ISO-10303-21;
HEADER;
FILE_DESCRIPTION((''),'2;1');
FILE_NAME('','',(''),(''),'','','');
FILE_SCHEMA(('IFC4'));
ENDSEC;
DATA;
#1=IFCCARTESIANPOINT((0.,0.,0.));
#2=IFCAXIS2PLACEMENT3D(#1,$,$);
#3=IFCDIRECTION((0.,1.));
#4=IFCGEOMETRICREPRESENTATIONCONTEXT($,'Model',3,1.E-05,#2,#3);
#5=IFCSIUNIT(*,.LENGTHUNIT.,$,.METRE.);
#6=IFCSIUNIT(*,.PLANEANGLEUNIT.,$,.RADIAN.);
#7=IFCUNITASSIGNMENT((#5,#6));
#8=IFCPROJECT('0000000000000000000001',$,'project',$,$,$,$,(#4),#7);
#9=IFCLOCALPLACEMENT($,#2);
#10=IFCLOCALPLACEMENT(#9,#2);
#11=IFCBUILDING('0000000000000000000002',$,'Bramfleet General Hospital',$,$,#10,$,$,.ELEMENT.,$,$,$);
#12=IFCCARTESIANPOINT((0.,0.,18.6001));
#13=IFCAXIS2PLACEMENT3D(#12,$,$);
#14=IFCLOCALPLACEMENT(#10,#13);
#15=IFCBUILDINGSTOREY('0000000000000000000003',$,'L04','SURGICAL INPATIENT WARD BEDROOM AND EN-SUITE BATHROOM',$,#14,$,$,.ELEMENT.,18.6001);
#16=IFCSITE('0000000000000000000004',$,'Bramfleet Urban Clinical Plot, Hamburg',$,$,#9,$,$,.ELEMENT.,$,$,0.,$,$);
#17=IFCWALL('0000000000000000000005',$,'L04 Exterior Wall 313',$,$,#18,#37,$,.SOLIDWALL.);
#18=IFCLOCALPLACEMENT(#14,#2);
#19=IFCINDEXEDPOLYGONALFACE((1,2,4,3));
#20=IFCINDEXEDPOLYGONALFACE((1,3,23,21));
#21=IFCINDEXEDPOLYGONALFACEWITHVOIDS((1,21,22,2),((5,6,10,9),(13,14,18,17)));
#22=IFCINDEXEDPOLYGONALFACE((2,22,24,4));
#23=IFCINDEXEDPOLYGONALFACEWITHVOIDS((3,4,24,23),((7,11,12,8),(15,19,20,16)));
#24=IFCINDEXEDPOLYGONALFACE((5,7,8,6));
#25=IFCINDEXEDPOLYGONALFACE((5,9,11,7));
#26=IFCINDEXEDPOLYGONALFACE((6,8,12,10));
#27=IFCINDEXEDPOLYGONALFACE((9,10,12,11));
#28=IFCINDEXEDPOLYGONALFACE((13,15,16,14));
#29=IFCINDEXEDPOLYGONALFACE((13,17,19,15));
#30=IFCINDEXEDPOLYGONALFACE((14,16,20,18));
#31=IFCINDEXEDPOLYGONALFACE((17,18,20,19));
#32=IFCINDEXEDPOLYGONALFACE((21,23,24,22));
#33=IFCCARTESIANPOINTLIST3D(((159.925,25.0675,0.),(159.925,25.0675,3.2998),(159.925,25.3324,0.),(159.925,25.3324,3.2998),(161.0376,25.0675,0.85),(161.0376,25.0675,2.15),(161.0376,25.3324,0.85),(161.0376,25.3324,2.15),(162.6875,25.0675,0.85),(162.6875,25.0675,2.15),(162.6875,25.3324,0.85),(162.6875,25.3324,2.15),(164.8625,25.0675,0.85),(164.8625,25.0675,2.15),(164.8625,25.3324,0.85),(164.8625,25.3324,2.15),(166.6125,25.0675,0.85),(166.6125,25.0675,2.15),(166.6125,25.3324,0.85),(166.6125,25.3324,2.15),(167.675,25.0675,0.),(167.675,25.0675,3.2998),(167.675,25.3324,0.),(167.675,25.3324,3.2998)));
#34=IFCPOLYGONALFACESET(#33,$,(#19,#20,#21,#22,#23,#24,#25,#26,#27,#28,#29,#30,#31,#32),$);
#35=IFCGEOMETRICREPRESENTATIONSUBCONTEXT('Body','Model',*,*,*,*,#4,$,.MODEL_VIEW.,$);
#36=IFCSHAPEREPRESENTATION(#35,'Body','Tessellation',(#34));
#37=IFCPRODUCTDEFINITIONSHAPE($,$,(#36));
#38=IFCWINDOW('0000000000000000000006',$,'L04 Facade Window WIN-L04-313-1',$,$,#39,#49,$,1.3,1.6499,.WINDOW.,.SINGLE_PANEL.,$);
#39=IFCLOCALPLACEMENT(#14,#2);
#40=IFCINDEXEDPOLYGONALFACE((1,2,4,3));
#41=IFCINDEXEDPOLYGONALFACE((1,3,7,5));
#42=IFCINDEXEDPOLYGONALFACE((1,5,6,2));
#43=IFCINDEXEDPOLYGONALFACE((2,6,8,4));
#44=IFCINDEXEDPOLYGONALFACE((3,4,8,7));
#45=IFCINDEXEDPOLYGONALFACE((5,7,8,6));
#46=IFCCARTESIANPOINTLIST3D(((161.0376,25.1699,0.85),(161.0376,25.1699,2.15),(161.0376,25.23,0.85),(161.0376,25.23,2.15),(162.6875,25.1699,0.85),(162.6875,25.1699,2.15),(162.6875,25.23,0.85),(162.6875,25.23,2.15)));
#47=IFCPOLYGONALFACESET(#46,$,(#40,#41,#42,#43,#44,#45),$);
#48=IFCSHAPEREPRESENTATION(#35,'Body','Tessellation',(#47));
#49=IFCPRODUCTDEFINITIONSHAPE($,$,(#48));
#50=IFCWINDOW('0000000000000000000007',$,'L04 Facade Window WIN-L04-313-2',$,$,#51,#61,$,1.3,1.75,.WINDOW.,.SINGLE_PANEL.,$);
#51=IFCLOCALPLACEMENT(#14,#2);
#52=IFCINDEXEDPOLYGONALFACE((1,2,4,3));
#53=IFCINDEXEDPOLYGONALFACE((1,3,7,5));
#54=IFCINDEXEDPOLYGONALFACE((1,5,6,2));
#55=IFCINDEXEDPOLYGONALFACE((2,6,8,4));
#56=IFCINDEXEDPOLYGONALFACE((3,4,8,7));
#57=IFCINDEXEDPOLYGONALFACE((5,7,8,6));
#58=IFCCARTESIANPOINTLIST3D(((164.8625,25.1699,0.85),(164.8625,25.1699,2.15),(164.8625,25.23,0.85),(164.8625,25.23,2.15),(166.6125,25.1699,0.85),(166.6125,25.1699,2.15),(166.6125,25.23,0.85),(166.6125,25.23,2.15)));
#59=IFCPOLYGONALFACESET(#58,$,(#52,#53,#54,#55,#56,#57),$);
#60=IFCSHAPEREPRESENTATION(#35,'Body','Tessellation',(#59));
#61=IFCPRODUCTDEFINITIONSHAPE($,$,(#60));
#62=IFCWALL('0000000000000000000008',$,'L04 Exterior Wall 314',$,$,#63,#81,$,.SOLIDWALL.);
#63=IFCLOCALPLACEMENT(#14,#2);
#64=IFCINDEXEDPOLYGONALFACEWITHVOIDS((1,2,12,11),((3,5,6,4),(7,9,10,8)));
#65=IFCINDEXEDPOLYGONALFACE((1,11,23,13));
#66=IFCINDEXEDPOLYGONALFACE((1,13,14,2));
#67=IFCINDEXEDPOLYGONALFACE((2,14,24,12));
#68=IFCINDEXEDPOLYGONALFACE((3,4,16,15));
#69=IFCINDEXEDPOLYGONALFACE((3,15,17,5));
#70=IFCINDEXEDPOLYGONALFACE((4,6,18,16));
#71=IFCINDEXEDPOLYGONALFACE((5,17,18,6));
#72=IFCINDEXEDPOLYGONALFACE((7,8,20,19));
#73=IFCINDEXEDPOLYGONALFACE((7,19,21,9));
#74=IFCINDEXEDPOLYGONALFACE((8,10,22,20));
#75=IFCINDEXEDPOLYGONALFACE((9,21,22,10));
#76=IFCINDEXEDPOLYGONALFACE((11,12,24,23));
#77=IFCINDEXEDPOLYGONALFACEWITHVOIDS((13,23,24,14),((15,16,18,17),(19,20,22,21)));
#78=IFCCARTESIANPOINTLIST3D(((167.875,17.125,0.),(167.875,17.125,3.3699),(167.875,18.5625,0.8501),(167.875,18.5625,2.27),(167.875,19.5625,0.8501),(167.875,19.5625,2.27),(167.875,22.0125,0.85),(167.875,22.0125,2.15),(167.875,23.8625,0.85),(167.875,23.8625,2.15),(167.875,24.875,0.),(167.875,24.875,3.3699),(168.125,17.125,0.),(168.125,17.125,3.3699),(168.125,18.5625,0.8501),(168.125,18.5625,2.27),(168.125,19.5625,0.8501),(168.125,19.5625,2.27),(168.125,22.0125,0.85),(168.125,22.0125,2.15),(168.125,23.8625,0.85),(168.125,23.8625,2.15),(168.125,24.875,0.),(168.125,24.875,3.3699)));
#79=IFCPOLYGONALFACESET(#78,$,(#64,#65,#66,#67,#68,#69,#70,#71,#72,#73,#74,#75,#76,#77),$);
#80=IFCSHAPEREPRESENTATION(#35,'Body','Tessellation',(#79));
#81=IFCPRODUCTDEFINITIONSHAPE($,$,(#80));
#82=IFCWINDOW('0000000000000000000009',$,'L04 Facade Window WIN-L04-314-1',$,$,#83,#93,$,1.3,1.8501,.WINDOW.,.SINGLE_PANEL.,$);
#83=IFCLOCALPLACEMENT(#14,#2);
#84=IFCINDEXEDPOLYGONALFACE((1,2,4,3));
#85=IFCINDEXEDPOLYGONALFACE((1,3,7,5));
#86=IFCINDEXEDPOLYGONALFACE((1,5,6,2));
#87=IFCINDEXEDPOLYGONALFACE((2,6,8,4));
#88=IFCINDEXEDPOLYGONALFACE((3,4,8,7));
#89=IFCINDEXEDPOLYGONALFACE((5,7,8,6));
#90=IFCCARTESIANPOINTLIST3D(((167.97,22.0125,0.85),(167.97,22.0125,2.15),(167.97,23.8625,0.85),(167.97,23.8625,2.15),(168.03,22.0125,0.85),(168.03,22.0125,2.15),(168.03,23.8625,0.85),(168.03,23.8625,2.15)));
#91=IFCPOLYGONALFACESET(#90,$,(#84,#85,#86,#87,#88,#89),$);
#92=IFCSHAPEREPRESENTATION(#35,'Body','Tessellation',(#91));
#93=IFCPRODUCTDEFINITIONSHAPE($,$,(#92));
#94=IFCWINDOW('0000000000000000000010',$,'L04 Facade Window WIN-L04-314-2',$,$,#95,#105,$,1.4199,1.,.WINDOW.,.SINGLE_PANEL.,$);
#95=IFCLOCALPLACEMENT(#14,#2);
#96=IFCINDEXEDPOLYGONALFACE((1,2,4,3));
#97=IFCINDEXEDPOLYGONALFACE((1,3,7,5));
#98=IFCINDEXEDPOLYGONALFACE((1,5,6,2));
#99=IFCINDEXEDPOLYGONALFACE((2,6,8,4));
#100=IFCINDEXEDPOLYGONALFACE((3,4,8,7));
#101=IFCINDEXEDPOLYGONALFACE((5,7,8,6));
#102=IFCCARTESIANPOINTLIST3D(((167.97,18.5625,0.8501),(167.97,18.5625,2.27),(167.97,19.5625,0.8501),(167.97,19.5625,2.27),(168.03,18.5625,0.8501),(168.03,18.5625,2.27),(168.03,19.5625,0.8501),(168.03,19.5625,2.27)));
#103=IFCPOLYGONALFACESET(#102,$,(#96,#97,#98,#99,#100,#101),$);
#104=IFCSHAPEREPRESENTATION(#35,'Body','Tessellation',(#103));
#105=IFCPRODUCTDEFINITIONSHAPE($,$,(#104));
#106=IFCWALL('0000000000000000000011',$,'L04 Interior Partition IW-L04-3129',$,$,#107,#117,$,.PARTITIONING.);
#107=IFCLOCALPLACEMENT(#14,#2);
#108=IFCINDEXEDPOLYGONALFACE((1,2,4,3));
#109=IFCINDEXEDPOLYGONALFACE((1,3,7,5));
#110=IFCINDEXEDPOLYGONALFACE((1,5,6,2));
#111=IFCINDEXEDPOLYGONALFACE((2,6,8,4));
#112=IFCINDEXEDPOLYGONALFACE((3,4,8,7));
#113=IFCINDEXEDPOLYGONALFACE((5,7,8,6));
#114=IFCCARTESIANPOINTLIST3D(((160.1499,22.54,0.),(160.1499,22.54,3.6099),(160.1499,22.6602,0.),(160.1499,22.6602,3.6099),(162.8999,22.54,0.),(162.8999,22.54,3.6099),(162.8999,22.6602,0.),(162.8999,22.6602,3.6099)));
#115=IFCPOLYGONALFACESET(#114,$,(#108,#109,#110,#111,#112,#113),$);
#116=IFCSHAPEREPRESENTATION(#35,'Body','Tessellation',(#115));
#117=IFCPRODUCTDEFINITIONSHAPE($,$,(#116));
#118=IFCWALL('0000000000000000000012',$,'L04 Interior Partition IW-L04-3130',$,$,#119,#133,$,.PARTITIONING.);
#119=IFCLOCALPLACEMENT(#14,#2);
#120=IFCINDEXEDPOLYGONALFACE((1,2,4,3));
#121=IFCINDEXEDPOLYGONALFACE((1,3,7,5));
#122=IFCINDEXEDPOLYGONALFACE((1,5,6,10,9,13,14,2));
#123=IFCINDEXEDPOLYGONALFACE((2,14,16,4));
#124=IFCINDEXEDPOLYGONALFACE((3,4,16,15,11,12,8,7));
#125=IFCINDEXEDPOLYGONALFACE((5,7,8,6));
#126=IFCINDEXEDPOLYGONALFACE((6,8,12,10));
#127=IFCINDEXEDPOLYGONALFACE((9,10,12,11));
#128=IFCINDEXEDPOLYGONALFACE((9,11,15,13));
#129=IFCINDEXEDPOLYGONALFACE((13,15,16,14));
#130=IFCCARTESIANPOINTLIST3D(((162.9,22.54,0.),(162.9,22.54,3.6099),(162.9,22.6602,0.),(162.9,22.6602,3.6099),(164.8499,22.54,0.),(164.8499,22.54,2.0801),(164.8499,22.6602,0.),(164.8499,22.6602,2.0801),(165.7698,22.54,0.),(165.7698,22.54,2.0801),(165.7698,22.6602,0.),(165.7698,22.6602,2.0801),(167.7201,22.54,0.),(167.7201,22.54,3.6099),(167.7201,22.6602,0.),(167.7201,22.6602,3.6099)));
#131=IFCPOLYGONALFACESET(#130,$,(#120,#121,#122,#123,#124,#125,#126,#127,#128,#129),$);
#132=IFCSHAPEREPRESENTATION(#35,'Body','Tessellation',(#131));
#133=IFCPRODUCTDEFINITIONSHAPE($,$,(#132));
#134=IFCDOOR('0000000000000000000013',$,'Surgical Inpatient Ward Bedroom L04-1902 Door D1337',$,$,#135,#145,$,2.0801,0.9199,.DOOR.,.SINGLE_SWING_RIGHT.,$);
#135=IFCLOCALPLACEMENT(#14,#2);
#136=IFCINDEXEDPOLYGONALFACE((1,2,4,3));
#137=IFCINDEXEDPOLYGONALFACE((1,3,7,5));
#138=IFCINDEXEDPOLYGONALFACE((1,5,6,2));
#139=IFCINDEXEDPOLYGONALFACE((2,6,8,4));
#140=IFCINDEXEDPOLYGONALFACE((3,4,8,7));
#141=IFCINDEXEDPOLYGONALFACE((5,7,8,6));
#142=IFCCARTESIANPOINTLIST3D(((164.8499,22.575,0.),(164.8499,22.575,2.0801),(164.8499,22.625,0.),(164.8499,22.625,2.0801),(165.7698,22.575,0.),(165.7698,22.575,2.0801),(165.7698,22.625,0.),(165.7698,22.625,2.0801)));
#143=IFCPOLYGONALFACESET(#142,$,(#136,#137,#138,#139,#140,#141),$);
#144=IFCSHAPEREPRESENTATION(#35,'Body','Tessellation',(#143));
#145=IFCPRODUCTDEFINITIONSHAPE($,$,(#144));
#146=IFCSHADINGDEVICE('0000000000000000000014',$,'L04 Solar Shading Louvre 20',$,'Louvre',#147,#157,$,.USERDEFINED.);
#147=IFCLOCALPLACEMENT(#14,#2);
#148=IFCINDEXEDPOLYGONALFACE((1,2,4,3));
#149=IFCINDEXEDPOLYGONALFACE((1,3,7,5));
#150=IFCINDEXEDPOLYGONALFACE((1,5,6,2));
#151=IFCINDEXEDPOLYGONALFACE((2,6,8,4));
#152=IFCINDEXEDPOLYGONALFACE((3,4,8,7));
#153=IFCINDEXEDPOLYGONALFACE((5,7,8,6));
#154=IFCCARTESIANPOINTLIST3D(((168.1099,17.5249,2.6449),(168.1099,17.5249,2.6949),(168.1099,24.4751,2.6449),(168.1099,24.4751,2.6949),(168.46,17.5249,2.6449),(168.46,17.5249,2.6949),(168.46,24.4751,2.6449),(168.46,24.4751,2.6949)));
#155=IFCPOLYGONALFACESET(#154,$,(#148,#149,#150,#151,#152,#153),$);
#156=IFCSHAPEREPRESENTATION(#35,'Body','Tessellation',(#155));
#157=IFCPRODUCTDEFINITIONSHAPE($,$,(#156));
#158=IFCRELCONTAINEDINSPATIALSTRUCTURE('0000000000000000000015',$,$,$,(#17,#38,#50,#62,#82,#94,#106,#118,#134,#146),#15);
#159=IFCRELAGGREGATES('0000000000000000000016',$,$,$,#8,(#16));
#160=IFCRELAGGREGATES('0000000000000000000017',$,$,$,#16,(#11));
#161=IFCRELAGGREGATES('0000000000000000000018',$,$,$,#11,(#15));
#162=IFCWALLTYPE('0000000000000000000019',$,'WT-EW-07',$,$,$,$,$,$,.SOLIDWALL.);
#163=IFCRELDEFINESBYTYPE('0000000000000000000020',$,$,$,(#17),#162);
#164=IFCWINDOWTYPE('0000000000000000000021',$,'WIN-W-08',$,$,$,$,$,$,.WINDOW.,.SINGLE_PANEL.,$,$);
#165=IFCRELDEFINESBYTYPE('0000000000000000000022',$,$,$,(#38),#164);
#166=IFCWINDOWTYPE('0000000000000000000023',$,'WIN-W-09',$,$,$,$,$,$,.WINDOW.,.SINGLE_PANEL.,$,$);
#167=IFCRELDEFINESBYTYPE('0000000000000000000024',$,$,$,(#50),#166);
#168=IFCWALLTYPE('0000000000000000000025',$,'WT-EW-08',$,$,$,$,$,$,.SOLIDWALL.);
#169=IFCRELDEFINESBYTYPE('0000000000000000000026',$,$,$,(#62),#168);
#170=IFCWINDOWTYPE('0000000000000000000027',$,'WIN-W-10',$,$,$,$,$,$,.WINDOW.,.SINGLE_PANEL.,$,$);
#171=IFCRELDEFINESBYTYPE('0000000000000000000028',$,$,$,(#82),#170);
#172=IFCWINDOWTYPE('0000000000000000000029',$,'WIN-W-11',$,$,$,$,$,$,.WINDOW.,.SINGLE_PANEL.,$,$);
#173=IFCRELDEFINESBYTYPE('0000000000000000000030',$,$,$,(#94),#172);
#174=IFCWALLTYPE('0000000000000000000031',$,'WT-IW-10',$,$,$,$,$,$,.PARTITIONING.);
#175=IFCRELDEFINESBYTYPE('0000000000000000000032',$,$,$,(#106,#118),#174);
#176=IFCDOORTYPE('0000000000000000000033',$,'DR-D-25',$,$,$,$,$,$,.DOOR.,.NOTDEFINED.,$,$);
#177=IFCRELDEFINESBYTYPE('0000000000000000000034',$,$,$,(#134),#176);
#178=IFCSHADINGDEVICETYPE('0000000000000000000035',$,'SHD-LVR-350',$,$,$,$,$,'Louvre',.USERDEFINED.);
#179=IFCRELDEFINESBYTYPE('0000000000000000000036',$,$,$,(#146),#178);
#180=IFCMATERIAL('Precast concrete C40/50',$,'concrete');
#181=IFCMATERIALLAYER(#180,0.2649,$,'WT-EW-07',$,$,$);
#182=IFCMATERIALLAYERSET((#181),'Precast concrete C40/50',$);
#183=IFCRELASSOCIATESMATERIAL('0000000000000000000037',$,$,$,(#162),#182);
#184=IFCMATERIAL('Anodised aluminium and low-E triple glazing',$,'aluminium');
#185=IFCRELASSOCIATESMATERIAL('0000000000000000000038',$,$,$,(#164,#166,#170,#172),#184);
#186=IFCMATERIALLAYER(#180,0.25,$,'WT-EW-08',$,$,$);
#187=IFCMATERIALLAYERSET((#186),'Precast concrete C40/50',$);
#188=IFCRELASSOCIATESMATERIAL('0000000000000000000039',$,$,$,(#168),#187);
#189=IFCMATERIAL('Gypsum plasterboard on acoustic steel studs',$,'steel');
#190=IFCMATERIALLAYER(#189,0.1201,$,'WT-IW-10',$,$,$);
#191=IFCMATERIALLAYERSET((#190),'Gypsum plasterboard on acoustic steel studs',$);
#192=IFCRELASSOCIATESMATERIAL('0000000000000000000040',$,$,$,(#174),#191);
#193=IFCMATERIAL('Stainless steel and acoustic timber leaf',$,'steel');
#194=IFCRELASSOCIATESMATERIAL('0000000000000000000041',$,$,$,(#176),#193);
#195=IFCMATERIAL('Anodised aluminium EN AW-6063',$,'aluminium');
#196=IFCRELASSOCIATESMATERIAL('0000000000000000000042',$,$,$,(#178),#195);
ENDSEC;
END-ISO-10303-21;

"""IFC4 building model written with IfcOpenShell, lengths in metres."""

from ifc_helpers import new_model, si_unit, direction, frame, frame_2d, origin, origin_2d, place, context, subcontext, project, spatial, rectangle, extrude, material, layer, layer_set, material_profile, profile_set, type_object, element, fill, save


model = new_model("IFC4")

# Units and contexts
model_context = context("Model", 3, precision=1e-05, world=origin(), true_north=direction((0.0, 1.0)))
body_context = subcontext(model_context, "Body", "Model", "MODEL_VIEW")
ifc_project = project(units=[si_unit("LENGTHUNIT", "METRE"), si_unit("PLANEANGLEUNIT", "RADIAN")], contexts=[model_context])

# Site, building, storey
site_placement = place(None, origin())
site = spatial("IfcSite", under=ifc_project, at=site_placement, Name="Bramfleet Urban Clinical Plot, Hamburg", CompositionType="ELEMENT", RefElevation=0.0)
building_placement = place(site_placement, origin())
building = spatial("IfcBuilding", under=site, at=building_placement, Name="Bramfleet General Hospital", CompositionType="ELEMENT")
storey_placement = place(building_placement, frame((0.0, 0.0, 18.6001)))
storey = spatial("IfcBuildingStorey", under=building, at=storey_placement, Name="L04", Description="SURGICAL INPATIENT WARD BEDROOM AND EN-SUITE BATHROOM", CompositionType="ELEMENT", Elevation=18.6001)

# Shared definitions
ifc_material_1 = material(Name="Anodised aluminium and low-E triple glazing", Category="aluminium")

# Walls, openings, windows
ifc_material_2 = material(Name="Precast concrete C40/50", Category="concrete")
ifc_layer_1 = layer(ifc_material_2, 0.2649, Name="WT-EW-07")
ifc_layer_set_1 = layer_set([ifc_layer_1], Name="Precast concrete C40/50")
wall_type_1 = type_object("IfcWallType", Name="WT-EW-07", PredefinedType="SOLIDWALL", material=ifc_layer_set_1)
wall_1_placement = place(storey_placement, frame((159.925, 25.2, 0.0), z_axis=(0.0, 0.0, 1.0), x_axis=(1.0, 0.0, 0.0)))
wall_1 = element("IfcWall", 1, at=wall_1_placement, inside=storey, type_object=wall_type_1, Name="L04 Exterior Wall 313", PredefinedType="SOLIDWALL", context=body_context, shape_type="SweptSolid", body=[
    extrude(rectangle(XDim=7.75, YDim=0.2649, at=frame_2d((3.875, 0.0))), origin(), (0.0, 0.0, 1.0), 3.2998),
])
opening_1_placement = place(wall_1_placement, frame((1.1125, 0.0, 0.8501)))
opening_1 = element("IfcOpeningElement", 2, at=opening_1_placement, cuts=wall_1, PredefinedType="OPENING", context=body_context, shape_type="SweptSolid", body=[
    extrude(rectangle(XDim=1.6499, YDim=1.3, at=frame_2d((0.825, 0.6499))), frame((0.0, 0.1423, 0.0), z_axis=(0.0, -1.0, 0.0), x_axis=(1.0, 0.0, 0.0)), (0.0, 0.0, 1.0), 0.2849),
])
opening_2_placement = place(wall_1_placement, frame((4.9375, 0.0, 0.8501)))
opening_2 = element("IfcOpeningElement", 3, at=opening_2_placement, cuts=wall_1, PredefinedType="OPENING", context=body_context, shape_type="SweptSolid", body=[
    extrude(rectangle(XDim=1.75, YDim=1.3, at=frame_2d((0.875, 0.6499))), frame((0.0, 0.1423, 0.0), z_axis=(0.0, -1.0, 0.0), x_axis=(1.0, 0.0, 0.0)), (0.0, 0.0, 1.0), 0.2849),
])
window_type_1 = type_object("IfcWindowType", Name="WIN-W-08", PartitioningType="SINGLE_PANEL", PredefinedType="WINDOW", material=ifc_material_1)
window_1_placement = place(opening_1_placement, origin())
window_1 = element("IfcWindow", 4, at=window_1_placement, inside=storey, type_object=window_type_1, Name="L04 Facade Window WIN-L04-313-1", OverallHeight=1.3, OverallWidth=1.6499, PartitioningType="SINGLE_PANEL", PredefinedType="WINDOW", context=body_context, shape_type="SweptSolid", body=[
    extrude(rectangle(XDim=1.6499, YDim=1.3, at=frame_2d((0.825, 0.6499))), frame((0.0, 0.03, 0.0), z_axis=(0.0, -1.0, 0.0), x_axis=(1.0, 0.0, 0.0)), (0.0, 0.0, 1.0), 0.0601),
])
fill(opening_1, window_1)
window_type_2 = type_object("IfcWindowType", Name="WIN-W-09", PartitioningType="SINGLE_PANEL", PredefinedType="WINDOW", material=ifc_material_1)
window_2_placement = place(opening_2_placement, origin())
window_2 = element("IfcWindow", 5, at=window_2_placement, inside=storey, type_object=window_type_2, Name="L04 Facade Window WIN-L04-313-2", OverallHeight=1.3, OverallWidth=1.75, PartitioningType="SINGLE_PANEL", PredefinedType="WINDOW", context=body_context, shape_type="SweptSolid", body=[
    extrude(rectangle(XDim=1.75, YDim=1.3, at=frame_2d((0.875, 0.6499))), frame((0.0, 0.03, 0.0), z_axis=(0.0, -1.0, 0.0), x_axis=(1.0, 0.0, 0.0)), (0.0, 0.0, 1.0), 0.0601),
])
fill(opening_2, window_2)
ifc_layer_2 = layer(ifc_material_2, 0.25, Name="WT-EW-08")
ifc_layer_set_2 = layer_set([ifc_layer_2], Name="Precast concrete C40/50")
wall_type_2 = type_object("IfcWallType", Name="WT-EW-08", PredefinedType="SOLIDWALL", material=ifc_layer_set_2)
wall_2_placement = place(storey_placement, frame((168.0, 24.875, 0.0), z_axis=(0.0, 0.0, 1.0), x_axis=(0.0, -1.0, 0.0)))
wall_2 = element("IfcWall", 6, at=wall_2_placement, inside=storey, type_object=wall_type_2, Name="L04 Exterior Wall 314", PredefinedType="SOLIDWALL", context=body_context, shape_type="SweptSolid", body=[
    extrude(rectangle(XDim=7.75, YDim=0.25, at=frame_2d((3.875, 0.0))), origin(), (0.0, 0.0, 1.0), 3.3699),
])
opening_3_placement = place(wall_2_placement, frame((1.0125, 0.0, 0.8501)))
opening_3 = element("IfcOpeningElement", 7, at=opening_3_placement, cuts=wall_2, PredefinedType="OPENING", context=body_context, shape_type="SweptSolid", body=[
    extrude(rectangle(XDim=1.8501, YDim=1.3, at=frame_2d((0.925, 0.6499))), frame((0.0, 0.135, 0.0), z_axis=(0.0, -1.0, 0.0), x_axis=(1.0, 0.0, 0.0)), (0.0, 0.0, 1.0), 0.27),
])
opening_4_placement = place(wall_2_placement, frame((5.3125, 0.0, 0.8501)))
opening_4 = element("IfcOpeningElement", 8, at=opening_4_placement, cuts=wall_2, PredefinedType="OPENING", context=body_context, shape_type="SweptSolid", body=[
    extrude(rectangle(XDim=1.0, YDim=1.4199, at=frame_2d((0.5, 0.71))), frame((0.0, 0.135, 0.0), z_axis=(0.0, -1.0, 0.0), x_axis=(1.0, 0.0, 0.0)), (0.0, 0.0, 1.0), 0.27),
])
window_type_3 = type_object("IfcWindowType", Name="WIN-W-10", PartitioningType="SINGLE_PANEL", PredefinedType="WINDOW", material=ifc_material_1)
window_3_placement = place(opening_3_placement, origin())
window_3 = element("IfcWindow", 9, at=window_3_placement, inside=storey, type_object=window_type_3, Name="L04 Facade Window WIN-L04-314-1", OverallHeight=1.3, OverallWidth=1.8501, PartitioningType="SINGLE_PANEL", PredefinedType="WINDOW", context=body_context, shape_type="SweptSolid", body=[
    extrude(rectangle(XDim=1.8501, YDim=1.3, at=frame_2d((0.925, 0.6499))), frame((0.0, 0.03, 0.0), z_axis=(0.0, -1.0, 0.0), x_axis=(1.0, 0.0, 0.0)), (0.0, 0.0, 1.0), 0.0601),
])
fill(opening_3, window_3)
window_type_4 = type_object("IfcWindowType", Name="WIN-W-11", PartitioningType="SINGLE_PANEL", PredefinedType="WINDOW", material=ifc_material_1)
window_4_placement = place(opening_4_placement, origin())
window_4 = element("IfcWindow", 10, at=window_4_placement, inside=storey, type_object=window_type_4, Name="L04 Facade Window WIN-L04-314-2", OverallHeight=1.4199, OverallWidth=1.0, PartitioningType="SINGLE_PANEL", PredefinedType="WINDOW", context=body_context, shape_type="SweptSolid", body=[
    extrude(rectangle(XDim=1.0, YDim=1.4199, at=frame_2d((0.5, 0.71))), frame((0.0, 0.03, 0.0), z_axis=(0.0, -1.0, 0.0), x_axis=(1.0, 0.0, 0.0)), (0.0, 0.0, 1.0), 0.0601),
])
fill(opening_4, window_4)

# Wall
ifc_material_3 = material(Name="Gypsum plasterboard on acoustic steel studs", Category="steel")
ifc_layer_3 = layer(ifc_material_3, 0.1201, Name="WT-IW-10")
ifc_layer_set_3 = layer_set([ifc_layer_3], Name="Gypsum plasterboard on acoustic steel studs")
wall_type_3 = type_object("IfcWallType", Name="WT-IW-10", PredefinedType="PARTITIONING", material=ifc_layer_set_3)
wall_3_placement = place(storey_placement, frame((160.1499, 22.6001, 0.0), z_axis=(0.0, 0.0, 1.0), x_axis=(1.0, 0.0, 0.0)))
element("IfcWall", 11, at=wall_3_placement, inside=storey, type_object=wall_type_3, Name="L04 Interior Partition IW-L04-3129", PredefinedType="PARTITIONING", context=body_context, shape_type="SweptSolid", body=[
    extrude(rectangle(XDim=2.75, YDim=0.1201, at=frame_2d((1.375, 0.0))), origin(), (0.0, 0.0, 1.0), 3.6099),
])

# Wall, opening, door
wall_4_placement = place(storey_placement, frame((162.8999, 22.6001, 0.0), z_axis=(0.0, 0.0, 1.0), x_axis=(1.0, 0.0, 0.0)))
wall_4 = element("IfcWall", 12, at=wall_4_placement, inside=storey, type_object=wall_type_3, Name="L04 Interior Partition IW-L04-3130", PredefinedType="PARTITIONING", context=body_context, shape_type="SweptSolid", body=[
    extrude(rectangle(XDim=4.8201, YDim=0.1201, at=frame_2d((2.4102, 0.0))), origin(), (0.0, 0.0, 1.0), 3.6099),
])
opening_5_placement = place(wall_4_placement, frame((1.95, 0.0, 0.0)))
opening_5 = element("IfcOpeningElement", 13, at=opening_5_placement, cuts=wall_4, PredefinedType="OPENING", context=body_context, shape_type="SweptSolid", body=[
    extrude(rectangle(XDim=0.9199, YDim=2.0801, at=frame_2d((0.46, 1.04))), frame((0.0, 0.0701, 0.0), z_axis=(0.0, -1.0, 0.0), x_axis=(1.0, 0.0, 0.0)), (0.0, 0.0, 1.0), 0.1401),
])
ifc_material_4 = material(Name="Stainless steel and acoustic timber leaf", Category="steel")
door_type = type_object("IfcDoorType", Name="DR-D-25", OperationType="NOTDEFINED", PredefinedType="DOOR", material=ifc_material_4)
door_placement = place(opening_5_placement, origin())
door = element("IfcDoor", 14, at=door_placement, inside=storey, type_object=door_type, Name="Surgical Inpatient Ward Bedroom L04-1902 Door D1337", OperationType="SINGLE_SWING_RIGHT", OverallHeight=2.0801, OverallWidth=0.9199, PredefinedType="DOOR", context=body_context, shape_type="SweptSolid", body=[
    extrude(rectangle(XDim=0.9199, YDim=2.0801, at=frame_2d((0.46, 1.04))), frame((0.0, 0.0249, 0.0), z_axis=(0.0, -1.0, 0.0), x_axis=(1.0, 0.0, 0.0)), (0.0, 0.0, 1.0), 0.05),
])
fill(opening_5, door)

# Shading device
ifc_material_5 = material(Name="Anodised aluminium EN AW-6063", Category="aluminium")
ifc_material_profile_1 = material_profile(ifc_material_5, rectangle(XDim=0.05, YDim=0.3501, at=origin_2d()), Name="ALU LOUVRE 350x50")
ifc_profile_set_1 = profile_set([ifc_material_profile_1], Name="Anodised aluminium EN AW-6063")
shading_device_type = type_object("IfcShadingDeviceType", Name="SHD-LVR-350", ElementType="Louvre", PredefinedType="USERDEFINED", material=ifc_profile_set_1)
shading_device_placement = place(storey_placement, frame((168.2849, 24.4751, 2.6699), z_axis=(0.0, -1.0, 0.0), x_axis=(0.0, 0.0, 1.0)))
element("IfcShadingDevice", 15, at=shading_device_placement, inside=storey, type_object=shading_device_type, Name="L04 Solar Shading Louvre 20", ObjectType="Louvre", PredefinedType="USERDEFINED", context=body_context, shape_type="SweptSolid", body=[
    extrude(rectangle(XDim=0.05, YDim=0.3501, at=origin_2d()), origin(), (0.0, 0.0, 1.0), 6.9502),
])

save(model, "model.ifc")
